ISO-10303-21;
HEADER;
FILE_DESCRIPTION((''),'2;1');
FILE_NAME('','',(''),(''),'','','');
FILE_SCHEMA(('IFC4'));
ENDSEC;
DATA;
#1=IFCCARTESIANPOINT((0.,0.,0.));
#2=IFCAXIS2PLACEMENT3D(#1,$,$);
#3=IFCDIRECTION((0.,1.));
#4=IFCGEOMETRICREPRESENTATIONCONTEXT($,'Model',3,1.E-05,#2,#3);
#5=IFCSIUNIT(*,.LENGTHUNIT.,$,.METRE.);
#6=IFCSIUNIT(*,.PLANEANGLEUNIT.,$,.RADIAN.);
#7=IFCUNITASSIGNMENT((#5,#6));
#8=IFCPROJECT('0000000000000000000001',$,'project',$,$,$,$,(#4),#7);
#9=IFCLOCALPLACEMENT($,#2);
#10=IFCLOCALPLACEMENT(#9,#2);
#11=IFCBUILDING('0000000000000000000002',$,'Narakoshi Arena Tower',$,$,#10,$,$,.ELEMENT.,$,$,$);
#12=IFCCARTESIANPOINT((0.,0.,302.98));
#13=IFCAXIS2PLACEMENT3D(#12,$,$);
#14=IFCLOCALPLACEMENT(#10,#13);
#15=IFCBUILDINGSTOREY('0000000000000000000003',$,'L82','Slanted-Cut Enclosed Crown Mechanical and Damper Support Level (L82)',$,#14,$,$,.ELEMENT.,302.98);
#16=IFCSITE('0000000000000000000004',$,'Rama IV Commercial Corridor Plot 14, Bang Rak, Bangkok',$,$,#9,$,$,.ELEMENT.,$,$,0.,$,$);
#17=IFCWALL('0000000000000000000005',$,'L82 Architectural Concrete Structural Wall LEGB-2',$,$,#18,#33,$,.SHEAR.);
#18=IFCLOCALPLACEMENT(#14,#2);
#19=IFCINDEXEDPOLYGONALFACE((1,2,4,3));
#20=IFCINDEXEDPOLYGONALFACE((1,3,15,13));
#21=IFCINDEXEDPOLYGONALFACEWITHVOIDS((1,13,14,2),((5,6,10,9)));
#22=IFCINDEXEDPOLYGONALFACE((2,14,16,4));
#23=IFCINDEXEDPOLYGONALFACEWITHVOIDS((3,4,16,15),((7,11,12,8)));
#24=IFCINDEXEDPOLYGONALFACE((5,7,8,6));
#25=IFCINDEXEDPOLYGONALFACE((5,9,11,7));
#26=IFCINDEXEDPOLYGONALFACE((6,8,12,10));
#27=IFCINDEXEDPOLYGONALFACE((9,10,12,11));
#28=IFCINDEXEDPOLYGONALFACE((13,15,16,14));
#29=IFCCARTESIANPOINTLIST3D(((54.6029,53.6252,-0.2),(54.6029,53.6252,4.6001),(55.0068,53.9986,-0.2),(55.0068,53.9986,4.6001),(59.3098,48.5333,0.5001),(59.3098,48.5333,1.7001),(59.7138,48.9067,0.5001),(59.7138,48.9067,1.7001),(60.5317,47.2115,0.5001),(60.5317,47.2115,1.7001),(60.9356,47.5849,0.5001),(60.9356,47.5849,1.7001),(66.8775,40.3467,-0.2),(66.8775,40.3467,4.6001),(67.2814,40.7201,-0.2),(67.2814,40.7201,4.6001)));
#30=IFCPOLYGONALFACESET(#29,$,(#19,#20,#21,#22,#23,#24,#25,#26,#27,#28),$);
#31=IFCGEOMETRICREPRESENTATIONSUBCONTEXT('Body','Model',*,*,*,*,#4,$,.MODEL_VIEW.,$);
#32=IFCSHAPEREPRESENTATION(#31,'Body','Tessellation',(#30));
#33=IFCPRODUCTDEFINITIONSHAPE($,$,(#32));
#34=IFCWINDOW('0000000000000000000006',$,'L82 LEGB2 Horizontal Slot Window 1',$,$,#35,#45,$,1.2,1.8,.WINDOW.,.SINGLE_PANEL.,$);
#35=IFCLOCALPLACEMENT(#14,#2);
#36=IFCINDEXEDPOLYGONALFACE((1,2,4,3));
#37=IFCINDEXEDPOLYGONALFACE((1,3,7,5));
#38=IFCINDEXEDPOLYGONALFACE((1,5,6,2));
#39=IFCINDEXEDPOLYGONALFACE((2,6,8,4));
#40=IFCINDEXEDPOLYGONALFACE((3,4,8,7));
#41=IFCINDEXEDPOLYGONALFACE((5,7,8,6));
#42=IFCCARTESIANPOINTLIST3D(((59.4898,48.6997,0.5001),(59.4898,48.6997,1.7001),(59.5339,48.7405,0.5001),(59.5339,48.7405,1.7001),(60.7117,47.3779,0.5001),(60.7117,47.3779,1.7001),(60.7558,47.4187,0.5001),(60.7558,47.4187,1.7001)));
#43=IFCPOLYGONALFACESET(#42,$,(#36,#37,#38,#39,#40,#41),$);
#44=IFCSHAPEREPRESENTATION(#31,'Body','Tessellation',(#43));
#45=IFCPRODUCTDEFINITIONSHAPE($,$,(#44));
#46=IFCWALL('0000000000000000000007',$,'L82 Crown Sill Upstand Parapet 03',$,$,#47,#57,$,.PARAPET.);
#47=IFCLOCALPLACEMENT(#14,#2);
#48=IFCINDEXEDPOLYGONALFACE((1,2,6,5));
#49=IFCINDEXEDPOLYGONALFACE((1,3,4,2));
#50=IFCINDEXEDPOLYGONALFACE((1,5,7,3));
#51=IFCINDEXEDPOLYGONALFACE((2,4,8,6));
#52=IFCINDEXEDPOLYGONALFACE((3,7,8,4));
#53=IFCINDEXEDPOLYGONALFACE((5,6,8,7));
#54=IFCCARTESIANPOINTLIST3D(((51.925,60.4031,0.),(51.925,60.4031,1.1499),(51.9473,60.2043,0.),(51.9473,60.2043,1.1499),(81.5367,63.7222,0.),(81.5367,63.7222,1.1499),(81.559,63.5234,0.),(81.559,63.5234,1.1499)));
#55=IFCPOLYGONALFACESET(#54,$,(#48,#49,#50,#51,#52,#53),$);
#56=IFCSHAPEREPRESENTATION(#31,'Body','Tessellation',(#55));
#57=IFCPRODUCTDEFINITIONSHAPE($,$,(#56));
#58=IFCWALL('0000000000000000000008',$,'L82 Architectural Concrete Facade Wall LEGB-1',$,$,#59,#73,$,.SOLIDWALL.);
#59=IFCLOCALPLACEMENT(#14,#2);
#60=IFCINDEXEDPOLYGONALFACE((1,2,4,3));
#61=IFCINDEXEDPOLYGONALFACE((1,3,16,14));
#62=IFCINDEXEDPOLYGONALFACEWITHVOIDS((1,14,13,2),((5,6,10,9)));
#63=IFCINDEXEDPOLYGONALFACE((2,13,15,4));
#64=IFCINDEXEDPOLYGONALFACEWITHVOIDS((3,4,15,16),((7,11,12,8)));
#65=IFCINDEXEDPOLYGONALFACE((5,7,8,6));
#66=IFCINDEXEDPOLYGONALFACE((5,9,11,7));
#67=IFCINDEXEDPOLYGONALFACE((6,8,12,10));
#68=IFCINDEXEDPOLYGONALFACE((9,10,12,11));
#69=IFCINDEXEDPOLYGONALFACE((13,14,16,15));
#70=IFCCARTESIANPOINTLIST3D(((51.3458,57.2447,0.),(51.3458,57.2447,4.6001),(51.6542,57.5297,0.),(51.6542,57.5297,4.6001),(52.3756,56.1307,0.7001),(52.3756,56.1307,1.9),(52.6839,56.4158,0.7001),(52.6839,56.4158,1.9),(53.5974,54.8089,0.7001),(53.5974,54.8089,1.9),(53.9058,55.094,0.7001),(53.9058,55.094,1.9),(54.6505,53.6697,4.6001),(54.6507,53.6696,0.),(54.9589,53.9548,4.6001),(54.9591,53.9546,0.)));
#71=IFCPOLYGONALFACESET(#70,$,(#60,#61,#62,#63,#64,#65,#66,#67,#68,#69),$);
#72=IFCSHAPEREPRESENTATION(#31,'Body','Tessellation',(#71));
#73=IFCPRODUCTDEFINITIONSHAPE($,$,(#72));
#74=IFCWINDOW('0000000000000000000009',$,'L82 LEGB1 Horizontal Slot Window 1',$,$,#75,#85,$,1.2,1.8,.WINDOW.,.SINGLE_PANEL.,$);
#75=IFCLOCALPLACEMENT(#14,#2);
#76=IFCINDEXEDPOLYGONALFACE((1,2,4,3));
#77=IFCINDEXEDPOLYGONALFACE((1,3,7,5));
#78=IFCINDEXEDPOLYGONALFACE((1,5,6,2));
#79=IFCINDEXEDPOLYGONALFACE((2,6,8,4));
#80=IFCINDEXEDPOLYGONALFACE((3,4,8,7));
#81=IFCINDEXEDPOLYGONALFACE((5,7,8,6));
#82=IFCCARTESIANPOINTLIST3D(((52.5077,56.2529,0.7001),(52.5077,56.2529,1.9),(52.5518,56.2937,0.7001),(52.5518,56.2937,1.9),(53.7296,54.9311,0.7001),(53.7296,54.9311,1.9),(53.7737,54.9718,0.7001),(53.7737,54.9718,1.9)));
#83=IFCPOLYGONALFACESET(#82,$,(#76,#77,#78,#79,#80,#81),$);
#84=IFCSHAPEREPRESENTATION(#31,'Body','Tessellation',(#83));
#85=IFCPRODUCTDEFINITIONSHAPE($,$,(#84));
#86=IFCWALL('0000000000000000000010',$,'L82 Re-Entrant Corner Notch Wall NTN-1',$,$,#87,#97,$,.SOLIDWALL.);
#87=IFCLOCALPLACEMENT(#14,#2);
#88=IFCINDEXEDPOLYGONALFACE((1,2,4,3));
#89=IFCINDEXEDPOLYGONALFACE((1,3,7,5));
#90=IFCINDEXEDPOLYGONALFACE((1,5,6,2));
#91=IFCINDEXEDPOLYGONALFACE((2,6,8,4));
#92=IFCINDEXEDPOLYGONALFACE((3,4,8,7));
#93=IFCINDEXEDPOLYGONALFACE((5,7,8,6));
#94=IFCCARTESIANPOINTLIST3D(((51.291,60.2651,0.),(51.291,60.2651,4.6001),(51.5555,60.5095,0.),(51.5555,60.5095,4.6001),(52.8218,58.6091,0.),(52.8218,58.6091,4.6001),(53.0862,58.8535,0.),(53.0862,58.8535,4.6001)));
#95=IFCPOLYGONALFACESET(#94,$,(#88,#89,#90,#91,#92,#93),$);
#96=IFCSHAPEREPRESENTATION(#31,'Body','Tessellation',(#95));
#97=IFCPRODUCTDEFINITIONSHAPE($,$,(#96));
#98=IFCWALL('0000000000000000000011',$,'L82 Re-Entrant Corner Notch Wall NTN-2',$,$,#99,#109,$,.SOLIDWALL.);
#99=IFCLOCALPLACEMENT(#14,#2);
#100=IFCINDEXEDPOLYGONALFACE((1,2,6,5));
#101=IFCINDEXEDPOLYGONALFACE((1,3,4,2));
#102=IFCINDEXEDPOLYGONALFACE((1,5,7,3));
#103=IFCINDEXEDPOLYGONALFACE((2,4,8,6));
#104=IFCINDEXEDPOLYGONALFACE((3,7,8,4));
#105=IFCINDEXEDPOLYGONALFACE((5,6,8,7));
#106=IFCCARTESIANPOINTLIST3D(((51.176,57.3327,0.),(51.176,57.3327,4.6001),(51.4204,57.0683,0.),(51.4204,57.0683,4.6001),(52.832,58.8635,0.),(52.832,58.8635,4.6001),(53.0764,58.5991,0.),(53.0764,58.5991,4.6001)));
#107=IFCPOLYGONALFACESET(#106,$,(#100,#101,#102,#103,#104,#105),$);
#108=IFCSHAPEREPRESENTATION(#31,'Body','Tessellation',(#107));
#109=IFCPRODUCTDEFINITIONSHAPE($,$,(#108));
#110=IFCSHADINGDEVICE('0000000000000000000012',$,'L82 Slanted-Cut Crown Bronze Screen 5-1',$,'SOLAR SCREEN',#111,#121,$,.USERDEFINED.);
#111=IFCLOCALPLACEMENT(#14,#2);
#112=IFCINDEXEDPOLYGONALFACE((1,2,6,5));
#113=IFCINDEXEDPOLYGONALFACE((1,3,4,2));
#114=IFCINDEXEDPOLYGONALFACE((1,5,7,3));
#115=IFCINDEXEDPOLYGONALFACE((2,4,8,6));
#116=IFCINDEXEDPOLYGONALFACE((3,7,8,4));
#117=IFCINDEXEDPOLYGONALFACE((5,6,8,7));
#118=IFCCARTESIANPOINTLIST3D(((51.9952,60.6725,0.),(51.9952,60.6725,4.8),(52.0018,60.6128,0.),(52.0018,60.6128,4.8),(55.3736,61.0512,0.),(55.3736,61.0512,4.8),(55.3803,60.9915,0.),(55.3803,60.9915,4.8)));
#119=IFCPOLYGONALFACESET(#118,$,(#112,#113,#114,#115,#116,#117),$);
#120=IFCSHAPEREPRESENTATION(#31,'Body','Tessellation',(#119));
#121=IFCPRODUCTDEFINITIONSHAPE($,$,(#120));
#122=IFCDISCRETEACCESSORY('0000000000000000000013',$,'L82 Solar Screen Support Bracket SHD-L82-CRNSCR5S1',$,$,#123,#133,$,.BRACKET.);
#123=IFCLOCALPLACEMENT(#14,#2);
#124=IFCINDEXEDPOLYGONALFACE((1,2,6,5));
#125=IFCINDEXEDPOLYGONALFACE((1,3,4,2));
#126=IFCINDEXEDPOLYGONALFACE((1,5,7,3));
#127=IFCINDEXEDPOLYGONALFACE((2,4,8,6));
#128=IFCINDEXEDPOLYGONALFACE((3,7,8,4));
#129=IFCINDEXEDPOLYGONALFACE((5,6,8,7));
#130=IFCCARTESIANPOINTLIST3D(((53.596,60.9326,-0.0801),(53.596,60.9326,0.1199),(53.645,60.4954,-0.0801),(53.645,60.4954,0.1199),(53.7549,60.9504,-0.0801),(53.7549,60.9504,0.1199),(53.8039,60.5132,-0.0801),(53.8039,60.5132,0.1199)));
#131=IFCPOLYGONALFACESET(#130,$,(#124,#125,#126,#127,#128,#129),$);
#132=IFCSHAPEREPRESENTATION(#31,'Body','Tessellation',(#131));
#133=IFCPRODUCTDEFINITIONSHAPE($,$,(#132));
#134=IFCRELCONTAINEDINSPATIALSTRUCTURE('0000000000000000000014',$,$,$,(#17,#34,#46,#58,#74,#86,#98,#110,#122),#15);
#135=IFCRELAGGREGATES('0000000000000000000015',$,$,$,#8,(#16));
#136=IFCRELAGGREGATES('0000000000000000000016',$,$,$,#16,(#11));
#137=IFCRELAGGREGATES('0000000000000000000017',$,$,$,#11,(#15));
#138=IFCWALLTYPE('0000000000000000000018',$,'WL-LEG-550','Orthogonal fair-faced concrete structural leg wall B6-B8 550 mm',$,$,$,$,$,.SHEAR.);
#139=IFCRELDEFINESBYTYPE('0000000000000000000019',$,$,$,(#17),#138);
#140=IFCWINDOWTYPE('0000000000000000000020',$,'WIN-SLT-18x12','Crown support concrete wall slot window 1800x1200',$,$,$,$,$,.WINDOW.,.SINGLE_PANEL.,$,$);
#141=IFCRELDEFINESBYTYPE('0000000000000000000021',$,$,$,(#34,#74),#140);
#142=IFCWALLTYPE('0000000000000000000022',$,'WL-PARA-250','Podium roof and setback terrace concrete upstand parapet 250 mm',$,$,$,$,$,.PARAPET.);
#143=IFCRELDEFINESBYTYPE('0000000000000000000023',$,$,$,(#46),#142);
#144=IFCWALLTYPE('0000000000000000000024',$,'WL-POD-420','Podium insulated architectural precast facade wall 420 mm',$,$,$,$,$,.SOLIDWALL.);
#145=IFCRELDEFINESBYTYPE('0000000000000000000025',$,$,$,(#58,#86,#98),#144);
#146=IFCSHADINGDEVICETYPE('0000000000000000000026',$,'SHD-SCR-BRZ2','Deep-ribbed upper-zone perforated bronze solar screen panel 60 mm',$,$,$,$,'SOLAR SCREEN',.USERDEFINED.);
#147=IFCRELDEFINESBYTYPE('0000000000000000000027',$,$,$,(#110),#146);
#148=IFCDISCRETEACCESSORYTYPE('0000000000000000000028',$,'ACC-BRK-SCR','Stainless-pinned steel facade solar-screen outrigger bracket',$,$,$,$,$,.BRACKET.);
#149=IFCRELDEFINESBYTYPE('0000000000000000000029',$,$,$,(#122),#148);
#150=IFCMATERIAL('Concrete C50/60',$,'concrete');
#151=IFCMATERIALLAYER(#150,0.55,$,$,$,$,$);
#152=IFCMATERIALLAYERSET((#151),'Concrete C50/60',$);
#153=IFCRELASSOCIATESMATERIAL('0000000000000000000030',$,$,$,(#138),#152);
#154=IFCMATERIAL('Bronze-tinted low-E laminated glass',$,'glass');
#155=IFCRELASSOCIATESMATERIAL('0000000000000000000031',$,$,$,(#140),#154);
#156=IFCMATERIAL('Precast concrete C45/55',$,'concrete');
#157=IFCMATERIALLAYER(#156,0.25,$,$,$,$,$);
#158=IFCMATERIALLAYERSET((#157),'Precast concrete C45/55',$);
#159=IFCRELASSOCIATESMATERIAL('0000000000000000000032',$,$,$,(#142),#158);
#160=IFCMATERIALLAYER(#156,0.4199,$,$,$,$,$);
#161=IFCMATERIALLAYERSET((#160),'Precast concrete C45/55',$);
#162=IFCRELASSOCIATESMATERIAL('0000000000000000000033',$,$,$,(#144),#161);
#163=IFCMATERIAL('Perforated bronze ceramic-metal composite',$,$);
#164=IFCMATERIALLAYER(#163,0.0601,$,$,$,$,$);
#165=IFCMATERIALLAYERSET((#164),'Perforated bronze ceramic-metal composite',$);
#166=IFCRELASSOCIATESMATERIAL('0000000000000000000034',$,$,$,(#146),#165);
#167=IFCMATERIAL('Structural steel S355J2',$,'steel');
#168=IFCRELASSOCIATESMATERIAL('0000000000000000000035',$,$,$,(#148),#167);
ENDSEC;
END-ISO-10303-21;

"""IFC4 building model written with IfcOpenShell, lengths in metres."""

from ifc_helpers import new_model, si_unit, direction, frame, frame_2d, origin, origin_2d, place, context, subcontext, project, spatial, polyline, rectangle, outline, extrude, material, layer, layer_set, type_object, element, fill, save


model = new_model("IFC4")

# Units and contexts
model_context = context("Model", 3, precision=1e-05, world=origin(), true_north=direction((0.0, 1.0)))
body_context = subcontext(model_context, "Body", "Model", "MODEL_VIEW")
ifc_project = project(units=[si_unit("LENGTHUNIT", "METRE"), si_unit("PLANEANGLEUNIT", "RADIAN")], contexts=[model_context])

# Site, building, storey
site_placement = place(None, origin())
site = spatial("IfcSite", under=ifc_project, at=site_placement, Name="Rama IV Commercial Corridor Plot 14, Bang Rak, Bangkok", CompositionType="ELEMENT", RefElevation=0.0)
building_placement = place(site_placement, origin())
building = spatial("IfcBuilding", under=site, at=building_placement, Name="Narakoshi Arena Tower", CompositionType="ELEMENT")
storey_placement = place(building_placement, frame((0.0, 0.0, 302.98)))
storey = spatial("IfcBuildingStorey", under=building, at=storey_placement, Name="L82", Description="Slanted-Cut Enclosed Crown Mechanical and Damper Support Level (L82)", CompositionType="ELEMENT", Elevation=302.98)

# Shared definitions
ifc_material_1 = material(Name="Structural steel S355J2", Category="steel")

# Shared definitions
ifc_material_2 = material(Name="Bronze-tinted low-E laminated glass", Category="glass")

# Wall, opening, window
ifc_material_3 = material(Name="Concrete C50/60", Category="concrete")
ifc_layer_1 = layer(ifc_material_3, 0.55)
ifc_layer_set_1 = layer_set([ifc_layer_1], Name="Concrete C50/60")
wall_type_1 = type_object("IfcWallType", Name="WL-LEG-550", Description="Orthogonal fair-faced concrete structural leg wall B6-B8 550 mm", PredefinedType="SHEAR", material=ifc_layer_set_1)
wall_1_placement = place(storey_placement, frame((54.8049, 53.812, -0.2), z_axis=(0.0, 0.0, 1.0), x_axis=(0.678803, -0.73432, 0.0)))
wall_1 = element("IfcWall", 1, at=wall_1_placement, inside=storey, type_object=wall_type_1, Name="L82 Architectural Concrete Structural Wall LEGB-2", PredefinedType="SHEAR", context=body_context, shape_type="SweptSolid", body=[
    extrude(outline(polyline([(0.0, 0.0), (18.0828, 0.0), (18.0828, 4.8), (0.0, 4.8), (0.0, 0.0)])), frame((0.0, 0.2749, 0.0), z_axis=(0.0, -1.0, 0.0), x_axis=(1.0, 0.0, 0.0)), (0.0, 0.0, 1.0), 0.55),
])
opening_1_placement = place(wall_1_placement, frame((6.9343, 0.0, 0.7)))
opening_1 = element("IfcOpeningElement", 2, at=opening_1_placement, cuts=wall_1, PredefinedType="OPENING", context=body_context, shape_type="SweptSolid", body=[
    extrude(rectangle(XDim=1.8, YDim=1.2, at=frame_2d((0.8999, 0.6001))), frame((0.0, 0.2849, 0.0), z_axis=(0.0, -1.0, 0.0), x_axis=(1.0, 0.0, 0.0)), (0.0, 0.0, 1.0), 0.5701),
])
window_type = type_object("IfcWindowType", Name="WIN-SLT-18x12", Description="Crown support concrete wall slot window 1800x1200", PartitioningType="SINGLE_PANEL", PredefinedType="WINDOW", material=ifc_material_2)
window_1_placement = place(opening_1_placement, origin())
window_1 = element("IfcWindow", 3, at=window_1_placement, inside=storey, type_object=window_type, Name="L82 LEGB2 Horizontal Slot Window 1", OverallHeight=1.2, OverallWidth=1.8, PartitioningType="SINGLE_PANEL", PredefinedType="WINDOW", context=body_context, shape_type="SweptSolid", body=[
    extrude(rectangle(XDim=1.8, YDim=1.2, at=frame_2d((0.8999, 0.6001))), frame((0.0, 0.03, 0.0), z_axis=(0.0, -1.0, 0.0), x_axis=(1.0, 0.0, 0.0)), (0.0, 0.0, 1.0), 0.0601),
])
fill(opening_1, window_1)

# Wall
ifc_material_4 = material(Name="Precast concrete C45/55", Category="concrete")
ifc_layer_2 = layer(ifc_material_4, 0.25)
ifc_layer_set_2 = layer_set([ifc_layer_2], Name="Precast concrete C45/55")
wall_type_2 = type_object("IfcWallType", Name="WL-PARA-250", Description="Podium roof and setback terrace concrete upstand parapet 250 mm", PredefinedType="PARAPET", material=ifc_layer_set_2)
wall_2_placement = place(storey_placement, frame((51.9363, 60.3037, 0.0), z_axis=(0.0, 0.0, 1.0), x_axis=(0.993777, 0.11139, 0.0)))
element("IfcWall", 4, at=wall_2_placement, inside=storey, type_object=wall_type_2, Name="L82 Crown Sill Upstand Parapet 03", PredefinedType="PARAPET", context=body_context, shape_type="SweptSolid", body=[
    extrude(rectangle(XDim=29.7971, YDim=0.2, at=frame_2d((14.8984, 0.0))), origin(), (0.0, 0.0, 1.0), 1.1499),
])

# Wall, opening, window
ifc_layer_3 = layer(ifc_material_4, 0.4199)
ifc_layer_set_3 = layer_set([ifc_layer_3], Name="Precast concrete C45/55")
wall_type_3 = type_object("IfcWallType", Name="WL-POD-420", Description="Podium insulated architectural precast facade wall 420 mm", PredefinedType="SOLIDWALL", material=ifc_layer_set_3)
wall_3_placement = place(storey_placement, frame((51.5, 57.3872, 0.0), z_axis=(0.0, 0.0, 1.0), x_axis=(0.678807, -0.734317, 0.0)))
wall_3 = element("IfcWall", 5, at=wall_3_placement, inside=storey, type_object=wall_type_3, Name="L82 Architectural Concrete Facade Wall LEGB-1", PredefinedType="SOLIDWALL", context=body_context, shape_type="SweptSolid", body=[
    extrude(outline(polyline([(0.0, 0.0), (4.8687, 0.0), (4.8684, 4.6001), (0.0, 4.6001), (0.0, 0.0)])), frame((0.0, 0.21, 0.0), z_axis=(0.0, -1.0, 0.0), x_axis=(1.0, 0.0, 0.0)), (0.0, 0.0, 1.0), 0.4199),
])
opening_2_placement = place(wall_3_placement, frame((1.5171, 0.0, 0.7)))
opening_2 = element("IfcOpeningElement", 6, at=opening_2_placement, cuts=wall_3, PredefinedType="OPENING", context=body_context, shape_type="SweptSolid", body=[
    extrude(rectangle(XDim=1.8, YDim=1.2, at=frame_2d((0.8999, 0.6001))), frame((0.0, 0.22, 0.0), z_axis=(0.0, -1.0, 0.0), x_axis=(1.0, 0.0, 0.0)), (0.0, 0.0, 1.0), 0.4399),
])
window_2_placement = place(opening_2_placement, origin())
window_2 = element("IfcWindow", 7, at=window_2_placement, inside=storey, type_object=window_type, Name="L82 LEGB1 Horizontal Slot Window 1", OverallHeight=1.2, OverallWidth=1.8, PartitioningType="SINGLE_PANEL", PredefinedType="WINDOW", context=body_context, shape_type="SweptSolid", body=[
    extrude(rectangle(XDim=1.8, YDim=1.2, at=frame_2d((0.8999, 0.6001))), frame((0.0, 0.03, 0.0), z_axis=(0.0, -1.0, 0.0), x_axis=(1.0, 0.0, 0.0)), (0.0, 0.0, 1.0), 0.0601),
])
fill(opening_2, window_2)

# Walls
for number, where, z_axis, x_axis, name in (
    (8, (51.4233, 60.3872, 0.0), (0.0, 0.0, 1.0), (0.678793, -0.73433, 0.0), "L82 Re-Entrant Corner Notch Wall NTN-1"),
    (9, (52.9541, 58.7312, 0.0), (0.0, 0.0, 1.0), (-0.73433, -0.678793, 0.0), "L82 Re-Entrant Corner Notch Wall NTN-2"),
):
    element("IfcWall", number, at=place(storey_placement, frame(where, z_axis=z_axis, x_axis=x_axis)), inside=storey, type_object=wall_type_3, Name=name, PredefinedType="SOLIDWALL", context=body_context, shape_type="SweptSolid", body=[
        extrude(rectangle(XDim=2.2551, YDim=0.3601, at=frame_2d((1.1274, 0.0))), origin(), (0.0, 0.0, 1.0), 4.6001),
    ])

# Shading device
ifc_material_5 = material(Name="Perforated bronze ceramic-metal composite")
ifc_layer_4 = layer(ifc_material_5, 0.0601)
ifc_layer_set_4 = layer_set([ifc_layer_4], Name="Perforated bronze ceramic-metal composite")
shading_device_type = type_object("IfcShadingDeviceType", Name="SHD-SCR-BRZ2", Description="Deep-ribbed upper-zone perforated bronze solar screen panel 60 mm", ElementType="SOLAR SCREEN", PredefinedType="USERDEFINED", material=ifc_layer_set_4)
shading_device_placement = place(storey_placement, frame((53.6877, 60.832, 0.0), z_axis=(0.0, 0.0, 1.0), x_axis=(0.993776, 0.1114, 0.0)))
element("IfcShadingDevice", 10, at=shading_device_placement, inside=storey, type_object=shading_device_type, Name="L82 Slanted-Cut Crown Bronze Screen 5-1", ObjectType="SOLAR SCREEN", PredefinedType="USERDEFINED", context=body_context, shape_type="SweptSolid", body=[
    extrude(rectangle(XDim=3.3997, YDim=0.0601, at=origin_2d()), origin(), (0.0, 0.0, 1.0), 4.8),
])

# Discrete accessory
discrete_accessory_type = type_object("IfcDiscreteAccessoryType", Name="ACC-BRK-SCR", Description="Stainless-pinned steel facade solar-screen outrigger bracket", PredefinedType="BRACKET", material=ifc_material_1)
discrete_accessory_placement = place(storey_placement, frame((53.7, 60.7229, -0.0801), z_axis=(0.0, 0.0, 1.0), x_axis=(0.993776, 0.1114, 0.0)))
element("IfcDiscreteAccessory", 11, at=discrete_accessory_placement, inside=storey, type_object=discrete_accessory_type, Name="L82 Solar Screen Support Bracket SHD-L82-CRNSCR5S1", PredefinedType="BRACKET", context=body_context, shape_type="SweptSolid", body=[
    extrude(rectangle(XDim=0.1599, YDim=0.4399, at=origin_2d()), origin(), (0.0, 0.0, 1.0), 0.2),
])

save(model, "model.ifc")
